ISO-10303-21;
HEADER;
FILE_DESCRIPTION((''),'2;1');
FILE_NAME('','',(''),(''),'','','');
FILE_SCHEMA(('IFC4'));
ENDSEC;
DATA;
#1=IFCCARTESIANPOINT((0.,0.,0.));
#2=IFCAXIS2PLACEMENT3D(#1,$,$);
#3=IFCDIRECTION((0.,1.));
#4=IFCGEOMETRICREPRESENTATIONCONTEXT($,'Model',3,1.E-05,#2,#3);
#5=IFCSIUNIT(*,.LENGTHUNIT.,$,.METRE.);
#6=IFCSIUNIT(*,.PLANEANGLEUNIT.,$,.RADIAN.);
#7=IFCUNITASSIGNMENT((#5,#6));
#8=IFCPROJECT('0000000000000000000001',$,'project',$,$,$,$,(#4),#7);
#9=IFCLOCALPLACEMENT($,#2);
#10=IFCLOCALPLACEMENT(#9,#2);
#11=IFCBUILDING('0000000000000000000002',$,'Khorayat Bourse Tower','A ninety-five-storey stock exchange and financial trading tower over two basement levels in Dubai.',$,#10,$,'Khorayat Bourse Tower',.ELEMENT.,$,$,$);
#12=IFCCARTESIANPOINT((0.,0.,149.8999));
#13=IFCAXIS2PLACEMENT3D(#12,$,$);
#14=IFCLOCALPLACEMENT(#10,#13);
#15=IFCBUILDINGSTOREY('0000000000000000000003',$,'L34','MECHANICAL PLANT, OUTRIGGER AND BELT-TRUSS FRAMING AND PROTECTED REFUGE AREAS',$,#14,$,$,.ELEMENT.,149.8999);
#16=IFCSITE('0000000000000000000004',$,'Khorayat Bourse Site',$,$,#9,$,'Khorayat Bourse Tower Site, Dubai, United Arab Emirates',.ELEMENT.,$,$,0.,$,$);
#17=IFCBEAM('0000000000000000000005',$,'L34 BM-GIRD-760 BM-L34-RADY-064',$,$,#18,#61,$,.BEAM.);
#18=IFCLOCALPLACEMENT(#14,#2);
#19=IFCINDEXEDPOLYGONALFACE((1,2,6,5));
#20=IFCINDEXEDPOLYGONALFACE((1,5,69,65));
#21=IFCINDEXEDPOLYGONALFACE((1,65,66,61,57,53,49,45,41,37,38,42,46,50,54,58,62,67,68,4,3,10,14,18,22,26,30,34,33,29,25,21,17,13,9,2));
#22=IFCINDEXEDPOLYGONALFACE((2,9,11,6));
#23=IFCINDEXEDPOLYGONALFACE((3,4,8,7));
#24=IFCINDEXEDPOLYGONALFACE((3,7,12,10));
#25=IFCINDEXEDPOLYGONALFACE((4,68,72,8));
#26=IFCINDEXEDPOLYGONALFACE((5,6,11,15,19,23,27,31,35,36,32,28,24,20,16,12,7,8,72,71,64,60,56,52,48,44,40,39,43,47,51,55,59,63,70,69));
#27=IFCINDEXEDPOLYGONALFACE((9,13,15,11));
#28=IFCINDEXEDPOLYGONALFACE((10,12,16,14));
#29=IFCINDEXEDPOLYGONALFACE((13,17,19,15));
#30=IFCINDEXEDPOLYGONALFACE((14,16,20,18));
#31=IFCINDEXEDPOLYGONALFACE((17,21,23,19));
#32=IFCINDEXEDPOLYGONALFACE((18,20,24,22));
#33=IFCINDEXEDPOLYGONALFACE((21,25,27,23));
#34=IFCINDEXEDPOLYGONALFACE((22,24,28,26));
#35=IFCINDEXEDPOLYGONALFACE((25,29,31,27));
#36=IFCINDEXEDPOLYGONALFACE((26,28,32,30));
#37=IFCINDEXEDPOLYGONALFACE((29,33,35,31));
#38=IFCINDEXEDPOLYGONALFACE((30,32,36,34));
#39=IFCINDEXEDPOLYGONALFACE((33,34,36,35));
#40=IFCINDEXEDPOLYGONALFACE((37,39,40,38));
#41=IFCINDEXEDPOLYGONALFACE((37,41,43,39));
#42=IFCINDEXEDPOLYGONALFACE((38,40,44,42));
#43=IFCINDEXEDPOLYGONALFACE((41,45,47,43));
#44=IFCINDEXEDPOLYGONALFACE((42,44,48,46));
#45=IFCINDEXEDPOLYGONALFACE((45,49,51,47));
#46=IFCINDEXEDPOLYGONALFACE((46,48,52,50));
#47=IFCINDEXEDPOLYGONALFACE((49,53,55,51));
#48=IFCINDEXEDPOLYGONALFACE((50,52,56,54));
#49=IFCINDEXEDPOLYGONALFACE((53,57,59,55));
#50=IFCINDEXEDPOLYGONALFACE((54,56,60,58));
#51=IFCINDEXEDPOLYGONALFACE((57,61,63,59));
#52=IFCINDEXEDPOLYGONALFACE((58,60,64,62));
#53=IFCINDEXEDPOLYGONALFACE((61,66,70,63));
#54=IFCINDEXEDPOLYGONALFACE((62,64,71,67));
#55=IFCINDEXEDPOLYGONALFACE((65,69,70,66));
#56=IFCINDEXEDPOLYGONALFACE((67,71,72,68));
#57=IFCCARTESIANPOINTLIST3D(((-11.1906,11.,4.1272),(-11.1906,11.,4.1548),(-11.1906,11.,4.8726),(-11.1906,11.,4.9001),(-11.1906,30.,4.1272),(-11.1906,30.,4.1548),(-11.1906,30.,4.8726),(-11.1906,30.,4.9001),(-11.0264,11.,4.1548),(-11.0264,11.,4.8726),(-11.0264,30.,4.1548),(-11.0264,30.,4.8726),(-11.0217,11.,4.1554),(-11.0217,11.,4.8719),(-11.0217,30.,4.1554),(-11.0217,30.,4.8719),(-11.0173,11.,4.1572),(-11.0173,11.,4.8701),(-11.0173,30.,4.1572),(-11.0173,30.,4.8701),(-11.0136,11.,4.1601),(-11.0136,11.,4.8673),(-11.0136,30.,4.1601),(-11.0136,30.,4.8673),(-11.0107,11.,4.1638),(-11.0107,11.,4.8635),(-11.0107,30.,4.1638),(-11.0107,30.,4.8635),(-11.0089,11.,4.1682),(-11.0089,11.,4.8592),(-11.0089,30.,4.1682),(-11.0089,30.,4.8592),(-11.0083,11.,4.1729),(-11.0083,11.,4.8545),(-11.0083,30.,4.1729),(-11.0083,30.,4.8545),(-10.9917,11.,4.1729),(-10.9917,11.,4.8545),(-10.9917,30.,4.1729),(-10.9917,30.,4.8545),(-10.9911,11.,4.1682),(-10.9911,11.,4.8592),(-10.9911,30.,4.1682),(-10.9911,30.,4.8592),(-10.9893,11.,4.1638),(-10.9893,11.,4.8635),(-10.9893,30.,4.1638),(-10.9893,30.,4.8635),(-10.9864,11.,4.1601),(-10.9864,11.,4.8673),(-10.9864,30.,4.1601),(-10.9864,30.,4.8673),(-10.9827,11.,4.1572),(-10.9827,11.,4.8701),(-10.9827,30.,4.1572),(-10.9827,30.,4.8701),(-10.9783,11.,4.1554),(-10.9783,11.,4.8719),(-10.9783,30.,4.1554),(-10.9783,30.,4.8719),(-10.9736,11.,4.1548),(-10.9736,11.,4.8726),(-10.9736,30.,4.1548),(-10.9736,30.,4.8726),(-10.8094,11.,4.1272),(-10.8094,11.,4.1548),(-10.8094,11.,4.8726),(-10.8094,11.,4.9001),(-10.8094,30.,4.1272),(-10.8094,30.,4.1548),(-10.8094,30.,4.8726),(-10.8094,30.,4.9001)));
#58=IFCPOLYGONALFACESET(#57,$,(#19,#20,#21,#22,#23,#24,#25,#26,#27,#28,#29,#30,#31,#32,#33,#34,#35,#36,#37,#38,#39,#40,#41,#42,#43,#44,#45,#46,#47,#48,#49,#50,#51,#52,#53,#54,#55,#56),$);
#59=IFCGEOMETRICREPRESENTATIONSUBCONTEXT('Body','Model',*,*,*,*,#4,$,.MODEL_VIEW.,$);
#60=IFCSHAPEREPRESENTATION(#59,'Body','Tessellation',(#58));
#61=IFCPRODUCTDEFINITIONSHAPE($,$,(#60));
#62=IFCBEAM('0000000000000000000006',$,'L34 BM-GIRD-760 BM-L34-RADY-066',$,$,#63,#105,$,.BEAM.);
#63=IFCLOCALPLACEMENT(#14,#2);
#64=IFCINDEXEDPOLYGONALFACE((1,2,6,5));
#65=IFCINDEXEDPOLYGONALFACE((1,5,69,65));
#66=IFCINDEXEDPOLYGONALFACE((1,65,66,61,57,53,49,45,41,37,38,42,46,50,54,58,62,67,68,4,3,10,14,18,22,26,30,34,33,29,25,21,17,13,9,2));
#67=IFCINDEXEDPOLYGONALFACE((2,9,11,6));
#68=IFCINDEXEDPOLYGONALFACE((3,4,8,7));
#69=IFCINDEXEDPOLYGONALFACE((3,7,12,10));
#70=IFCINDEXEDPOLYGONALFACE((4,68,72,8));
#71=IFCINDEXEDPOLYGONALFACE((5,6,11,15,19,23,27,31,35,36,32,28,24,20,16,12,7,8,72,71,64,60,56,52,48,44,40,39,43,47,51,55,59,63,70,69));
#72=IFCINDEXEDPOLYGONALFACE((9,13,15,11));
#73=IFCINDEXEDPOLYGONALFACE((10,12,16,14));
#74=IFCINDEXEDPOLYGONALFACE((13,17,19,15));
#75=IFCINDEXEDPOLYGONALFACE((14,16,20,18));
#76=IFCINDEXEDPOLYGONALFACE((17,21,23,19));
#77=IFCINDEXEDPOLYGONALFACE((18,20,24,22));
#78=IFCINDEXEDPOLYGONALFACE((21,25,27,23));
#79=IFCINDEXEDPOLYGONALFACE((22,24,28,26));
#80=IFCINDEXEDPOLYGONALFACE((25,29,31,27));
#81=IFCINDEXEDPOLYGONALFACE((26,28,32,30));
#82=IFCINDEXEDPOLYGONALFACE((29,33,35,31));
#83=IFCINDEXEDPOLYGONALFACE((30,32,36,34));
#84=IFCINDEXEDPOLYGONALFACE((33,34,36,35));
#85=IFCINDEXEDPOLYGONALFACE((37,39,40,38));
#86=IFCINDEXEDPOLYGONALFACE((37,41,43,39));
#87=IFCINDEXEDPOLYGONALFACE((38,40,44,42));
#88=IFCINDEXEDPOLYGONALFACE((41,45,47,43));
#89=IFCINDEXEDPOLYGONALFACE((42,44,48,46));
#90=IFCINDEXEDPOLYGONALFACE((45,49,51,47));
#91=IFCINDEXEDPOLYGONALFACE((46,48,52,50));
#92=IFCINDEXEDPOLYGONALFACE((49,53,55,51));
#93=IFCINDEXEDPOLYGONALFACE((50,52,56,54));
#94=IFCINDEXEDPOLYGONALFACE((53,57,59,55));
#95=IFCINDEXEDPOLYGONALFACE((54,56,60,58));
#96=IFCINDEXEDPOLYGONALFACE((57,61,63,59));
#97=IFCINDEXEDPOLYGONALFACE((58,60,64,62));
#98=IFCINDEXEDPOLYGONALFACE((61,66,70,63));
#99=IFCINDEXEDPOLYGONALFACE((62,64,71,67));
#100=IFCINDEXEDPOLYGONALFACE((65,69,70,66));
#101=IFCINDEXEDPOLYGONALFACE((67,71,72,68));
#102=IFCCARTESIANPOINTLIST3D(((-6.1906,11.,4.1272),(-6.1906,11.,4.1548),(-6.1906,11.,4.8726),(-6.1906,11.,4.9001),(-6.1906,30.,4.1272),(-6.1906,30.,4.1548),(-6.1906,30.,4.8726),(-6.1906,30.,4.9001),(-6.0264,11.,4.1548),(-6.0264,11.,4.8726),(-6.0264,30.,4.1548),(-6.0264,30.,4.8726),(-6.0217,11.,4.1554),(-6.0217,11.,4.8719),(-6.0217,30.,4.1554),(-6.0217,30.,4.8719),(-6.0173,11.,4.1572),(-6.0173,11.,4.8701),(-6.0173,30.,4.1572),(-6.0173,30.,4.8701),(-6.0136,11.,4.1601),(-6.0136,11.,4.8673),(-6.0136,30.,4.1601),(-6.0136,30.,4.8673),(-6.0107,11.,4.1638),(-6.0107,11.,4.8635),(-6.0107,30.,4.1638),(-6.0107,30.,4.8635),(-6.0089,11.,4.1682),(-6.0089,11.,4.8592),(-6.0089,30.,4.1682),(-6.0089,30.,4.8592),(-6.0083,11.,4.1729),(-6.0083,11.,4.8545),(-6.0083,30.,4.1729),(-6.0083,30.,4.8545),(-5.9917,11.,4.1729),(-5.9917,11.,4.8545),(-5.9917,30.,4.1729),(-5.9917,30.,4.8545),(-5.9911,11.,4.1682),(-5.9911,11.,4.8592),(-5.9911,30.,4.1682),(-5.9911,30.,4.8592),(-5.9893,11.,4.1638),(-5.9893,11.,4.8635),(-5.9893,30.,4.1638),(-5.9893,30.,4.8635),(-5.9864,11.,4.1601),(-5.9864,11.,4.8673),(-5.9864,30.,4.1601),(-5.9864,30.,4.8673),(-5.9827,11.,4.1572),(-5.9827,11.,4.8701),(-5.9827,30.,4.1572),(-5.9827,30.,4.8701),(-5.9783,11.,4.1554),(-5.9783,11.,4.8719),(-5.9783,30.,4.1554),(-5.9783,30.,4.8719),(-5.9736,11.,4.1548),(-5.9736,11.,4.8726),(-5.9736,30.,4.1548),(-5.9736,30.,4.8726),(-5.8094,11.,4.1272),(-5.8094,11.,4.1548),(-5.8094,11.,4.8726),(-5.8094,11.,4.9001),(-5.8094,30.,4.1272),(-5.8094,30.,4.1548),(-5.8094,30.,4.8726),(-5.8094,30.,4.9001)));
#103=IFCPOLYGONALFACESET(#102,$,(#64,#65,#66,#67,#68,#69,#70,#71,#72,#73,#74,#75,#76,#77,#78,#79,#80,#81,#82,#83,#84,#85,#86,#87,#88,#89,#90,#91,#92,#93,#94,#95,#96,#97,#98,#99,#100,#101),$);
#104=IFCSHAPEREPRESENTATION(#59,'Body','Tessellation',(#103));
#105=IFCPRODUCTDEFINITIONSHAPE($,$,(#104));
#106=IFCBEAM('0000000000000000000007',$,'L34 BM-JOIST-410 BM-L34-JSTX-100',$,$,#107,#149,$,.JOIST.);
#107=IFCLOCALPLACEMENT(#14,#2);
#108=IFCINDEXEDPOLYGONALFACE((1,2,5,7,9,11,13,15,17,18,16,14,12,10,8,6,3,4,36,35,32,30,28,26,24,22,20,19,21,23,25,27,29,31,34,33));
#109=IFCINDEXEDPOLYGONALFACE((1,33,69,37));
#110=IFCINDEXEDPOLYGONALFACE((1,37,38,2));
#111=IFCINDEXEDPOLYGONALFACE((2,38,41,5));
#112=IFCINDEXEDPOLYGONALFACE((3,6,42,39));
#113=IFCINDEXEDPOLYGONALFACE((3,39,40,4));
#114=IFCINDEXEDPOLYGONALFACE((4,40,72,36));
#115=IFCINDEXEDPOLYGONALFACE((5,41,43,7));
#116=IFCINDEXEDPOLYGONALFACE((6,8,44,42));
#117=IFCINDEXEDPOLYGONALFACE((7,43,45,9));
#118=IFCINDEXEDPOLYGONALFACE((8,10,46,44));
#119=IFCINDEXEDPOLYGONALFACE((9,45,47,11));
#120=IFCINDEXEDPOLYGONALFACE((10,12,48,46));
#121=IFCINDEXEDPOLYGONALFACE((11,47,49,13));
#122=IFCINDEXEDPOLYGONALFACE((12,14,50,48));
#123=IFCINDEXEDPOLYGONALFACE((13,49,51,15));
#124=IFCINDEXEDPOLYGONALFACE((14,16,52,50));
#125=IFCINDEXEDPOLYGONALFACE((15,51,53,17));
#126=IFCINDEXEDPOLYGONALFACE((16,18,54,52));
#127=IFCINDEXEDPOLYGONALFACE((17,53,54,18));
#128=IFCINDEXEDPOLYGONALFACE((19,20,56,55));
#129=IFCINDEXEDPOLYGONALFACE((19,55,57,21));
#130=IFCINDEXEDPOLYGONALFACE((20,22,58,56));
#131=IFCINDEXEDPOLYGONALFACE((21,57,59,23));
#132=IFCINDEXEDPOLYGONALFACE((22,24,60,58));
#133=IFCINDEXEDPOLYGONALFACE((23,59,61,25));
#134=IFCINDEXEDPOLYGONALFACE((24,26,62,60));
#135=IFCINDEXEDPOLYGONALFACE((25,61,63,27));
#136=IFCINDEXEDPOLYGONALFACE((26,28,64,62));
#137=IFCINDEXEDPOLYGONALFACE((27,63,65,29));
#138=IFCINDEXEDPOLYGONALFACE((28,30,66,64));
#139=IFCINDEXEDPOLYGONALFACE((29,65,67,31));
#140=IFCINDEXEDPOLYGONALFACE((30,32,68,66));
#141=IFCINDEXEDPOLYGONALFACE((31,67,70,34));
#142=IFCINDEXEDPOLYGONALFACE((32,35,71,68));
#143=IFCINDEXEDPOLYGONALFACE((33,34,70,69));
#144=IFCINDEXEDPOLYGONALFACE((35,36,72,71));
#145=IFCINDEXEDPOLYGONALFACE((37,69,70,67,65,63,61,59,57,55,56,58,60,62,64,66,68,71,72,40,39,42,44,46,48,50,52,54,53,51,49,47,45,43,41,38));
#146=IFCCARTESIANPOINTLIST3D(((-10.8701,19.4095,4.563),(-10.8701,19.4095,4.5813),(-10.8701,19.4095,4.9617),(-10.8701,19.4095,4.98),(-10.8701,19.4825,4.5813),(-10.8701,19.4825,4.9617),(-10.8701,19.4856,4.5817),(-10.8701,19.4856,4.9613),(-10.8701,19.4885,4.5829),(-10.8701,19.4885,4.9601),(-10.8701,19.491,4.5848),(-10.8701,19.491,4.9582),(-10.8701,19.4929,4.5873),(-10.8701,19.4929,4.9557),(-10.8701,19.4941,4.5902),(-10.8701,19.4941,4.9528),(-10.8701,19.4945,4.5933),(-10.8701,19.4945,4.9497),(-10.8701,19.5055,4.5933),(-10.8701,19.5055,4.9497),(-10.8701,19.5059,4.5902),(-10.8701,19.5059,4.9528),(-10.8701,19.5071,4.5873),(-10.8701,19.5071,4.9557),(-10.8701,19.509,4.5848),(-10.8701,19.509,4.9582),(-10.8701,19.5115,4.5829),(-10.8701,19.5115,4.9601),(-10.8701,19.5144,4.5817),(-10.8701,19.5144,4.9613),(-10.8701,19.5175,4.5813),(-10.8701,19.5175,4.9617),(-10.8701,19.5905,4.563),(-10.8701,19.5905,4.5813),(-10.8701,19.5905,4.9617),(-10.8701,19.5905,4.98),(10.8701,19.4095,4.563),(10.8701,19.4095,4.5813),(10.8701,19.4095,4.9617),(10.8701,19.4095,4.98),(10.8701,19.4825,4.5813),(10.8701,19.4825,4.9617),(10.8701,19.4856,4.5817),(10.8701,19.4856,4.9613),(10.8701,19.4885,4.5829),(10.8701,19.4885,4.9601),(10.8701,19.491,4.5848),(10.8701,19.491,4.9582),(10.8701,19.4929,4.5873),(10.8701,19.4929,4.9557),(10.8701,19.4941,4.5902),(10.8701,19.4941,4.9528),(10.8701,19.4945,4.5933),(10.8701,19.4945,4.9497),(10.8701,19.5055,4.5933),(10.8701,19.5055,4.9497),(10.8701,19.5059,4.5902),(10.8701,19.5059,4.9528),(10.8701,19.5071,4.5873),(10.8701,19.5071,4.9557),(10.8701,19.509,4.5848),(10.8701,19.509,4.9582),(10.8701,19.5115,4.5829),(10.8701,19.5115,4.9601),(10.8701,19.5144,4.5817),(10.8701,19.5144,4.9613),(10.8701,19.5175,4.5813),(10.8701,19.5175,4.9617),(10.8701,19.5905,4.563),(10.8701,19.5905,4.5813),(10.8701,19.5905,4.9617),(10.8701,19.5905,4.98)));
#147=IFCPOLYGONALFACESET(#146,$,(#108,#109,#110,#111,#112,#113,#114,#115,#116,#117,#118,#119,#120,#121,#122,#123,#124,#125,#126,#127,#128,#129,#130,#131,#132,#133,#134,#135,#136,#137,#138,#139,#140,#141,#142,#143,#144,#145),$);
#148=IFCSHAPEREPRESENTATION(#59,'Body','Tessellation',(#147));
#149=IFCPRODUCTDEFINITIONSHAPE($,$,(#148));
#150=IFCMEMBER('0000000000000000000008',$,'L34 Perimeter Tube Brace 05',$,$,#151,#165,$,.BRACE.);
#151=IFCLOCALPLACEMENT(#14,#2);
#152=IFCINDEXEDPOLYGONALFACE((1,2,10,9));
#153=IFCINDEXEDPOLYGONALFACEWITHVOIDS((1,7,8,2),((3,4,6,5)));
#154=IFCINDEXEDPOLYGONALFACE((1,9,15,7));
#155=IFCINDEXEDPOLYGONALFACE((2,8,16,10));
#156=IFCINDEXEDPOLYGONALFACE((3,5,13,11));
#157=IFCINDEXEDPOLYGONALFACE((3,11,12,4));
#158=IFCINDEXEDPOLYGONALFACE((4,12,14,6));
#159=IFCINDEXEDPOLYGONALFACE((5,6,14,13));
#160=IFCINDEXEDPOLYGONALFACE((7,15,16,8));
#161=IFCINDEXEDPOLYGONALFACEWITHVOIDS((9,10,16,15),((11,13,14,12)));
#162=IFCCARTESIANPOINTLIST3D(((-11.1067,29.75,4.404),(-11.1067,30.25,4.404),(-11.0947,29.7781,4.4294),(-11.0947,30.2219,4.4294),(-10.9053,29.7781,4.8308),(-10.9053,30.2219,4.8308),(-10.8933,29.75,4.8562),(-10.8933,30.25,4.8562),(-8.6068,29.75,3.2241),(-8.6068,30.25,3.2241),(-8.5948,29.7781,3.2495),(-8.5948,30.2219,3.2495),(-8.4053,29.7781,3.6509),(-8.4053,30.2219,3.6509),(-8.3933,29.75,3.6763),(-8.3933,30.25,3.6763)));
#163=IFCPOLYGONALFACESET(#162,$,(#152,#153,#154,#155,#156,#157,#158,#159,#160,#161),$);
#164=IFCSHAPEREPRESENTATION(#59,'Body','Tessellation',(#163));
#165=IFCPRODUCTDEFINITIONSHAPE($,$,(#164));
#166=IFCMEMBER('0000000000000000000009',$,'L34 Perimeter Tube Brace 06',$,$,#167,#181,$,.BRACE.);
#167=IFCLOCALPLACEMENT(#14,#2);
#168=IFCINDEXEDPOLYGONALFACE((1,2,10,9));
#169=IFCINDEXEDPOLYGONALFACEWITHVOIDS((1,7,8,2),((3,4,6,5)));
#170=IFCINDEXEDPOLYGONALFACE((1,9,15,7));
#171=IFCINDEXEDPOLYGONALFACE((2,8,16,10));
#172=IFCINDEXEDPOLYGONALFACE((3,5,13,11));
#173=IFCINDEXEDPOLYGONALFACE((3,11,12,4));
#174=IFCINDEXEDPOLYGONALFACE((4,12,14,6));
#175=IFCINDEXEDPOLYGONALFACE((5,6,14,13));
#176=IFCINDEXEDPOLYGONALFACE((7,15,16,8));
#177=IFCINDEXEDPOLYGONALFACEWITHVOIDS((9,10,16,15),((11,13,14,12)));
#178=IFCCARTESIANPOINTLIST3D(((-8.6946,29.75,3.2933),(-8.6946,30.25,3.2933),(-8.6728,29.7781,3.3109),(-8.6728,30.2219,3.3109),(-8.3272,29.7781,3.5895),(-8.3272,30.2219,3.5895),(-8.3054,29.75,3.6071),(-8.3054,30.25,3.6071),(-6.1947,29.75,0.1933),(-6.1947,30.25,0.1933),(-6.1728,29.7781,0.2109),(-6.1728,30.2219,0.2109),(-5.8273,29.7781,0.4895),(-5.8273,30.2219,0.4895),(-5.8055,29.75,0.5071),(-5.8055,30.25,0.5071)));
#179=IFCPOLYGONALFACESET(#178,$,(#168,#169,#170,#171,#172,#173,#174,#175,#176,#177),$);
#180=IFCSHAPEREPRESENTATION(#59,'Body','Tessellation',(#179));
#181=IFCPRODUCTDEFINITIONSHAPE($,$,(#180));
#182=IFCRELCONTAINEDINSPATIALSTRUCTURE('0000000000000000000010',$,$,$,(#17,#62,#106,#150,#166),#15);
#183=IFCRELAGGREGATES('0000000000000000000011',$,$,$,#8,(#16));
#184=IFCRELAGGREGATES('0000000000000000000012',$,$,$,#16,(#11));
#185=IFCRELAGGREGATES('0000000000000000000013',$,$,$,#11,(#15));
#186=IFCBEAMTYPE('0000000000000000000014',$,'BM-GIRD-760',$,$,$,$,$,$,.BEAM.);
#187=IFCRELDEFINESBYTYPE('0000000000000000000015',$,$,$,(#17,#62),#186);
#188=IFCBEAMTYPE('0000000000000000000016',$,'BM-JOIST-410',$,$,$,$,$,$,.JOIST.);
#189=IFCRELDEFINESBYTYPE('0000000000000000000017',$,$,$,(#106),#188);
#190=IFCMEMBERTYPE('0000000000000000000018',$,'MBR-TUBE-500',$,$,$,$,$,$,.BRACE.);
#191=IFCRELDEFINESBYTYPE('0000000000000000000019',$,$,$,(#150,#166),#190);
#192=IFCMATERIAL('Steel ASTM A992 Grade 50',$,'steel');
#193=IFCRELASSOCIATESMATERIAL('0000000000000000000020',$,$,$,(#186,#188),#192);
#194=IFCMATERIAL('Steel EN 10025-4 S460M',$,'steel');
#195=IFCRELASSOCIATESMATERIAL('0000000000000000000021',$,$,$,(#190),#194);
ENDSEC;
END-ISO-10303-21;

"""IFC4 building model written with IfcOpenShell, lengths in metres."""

from ifc_helpers import new_model, si_unit, direction, frame, origin, origin_2d, place, context, subcontext, project, spatial, hollow_rectangle, i_section, extrude, source, transform, mapped, material, material_profile, profile_set, type_object, element, save


model = new_model("IFC4")

# Units and contexts
model_context = context("Model", 3, precision=1e-05, world=origin(), true_north=direction((0.0, 1.0)))
body_context = subcontext(model_context, "Body", "Model", "MODEL_VIEW")
ifc_project = project(units=[si_unit("LENGTHUNIT", "METRE"), si_unit("PLANEANGLEUNIT", "RADIAN")], contexts=[model_context])

# Site, building, storey
site_placement = place(None, origin())
site = spatial("IfcSite", under=ifc_project, at=site_placement, Name="Khorayat Bourse Site", LongName="Khorayat Bourse Tower Site, Dubai, United Arab Emirates", CompositionType="ELEMENT", RefElevation=0.0)
building_placement = place(site_placement, origin())
building = spatial("IfcBuilding", under=site, at=building_placement, Name="Khorayat Bourse Tower", Description="A ninety-five-storey stock exchange and financial trading tower over two basement levels in Dubai.", LongName="Khorayat Bourse Tower", CompositionType="ELEMENT")
storey_placement = place(building_placement, frame((0.0, 0.0, 149.8999)))
storey = spatial("IfcBuildingStorey", under=building, at=storey_placement, Name="L34", Description="MECHANICAL PLANT, OUTRIGGER AND BELT-TRUSS FRAMING AND PROTECTED REFUGE AREAS", CompositionType="ELEMENT", Elevation=149.8999)

# Shared definitions
ifc_material_1 = material(Name="Steel EN 10025-4 S460M", Category="steel")

# Beams
ifc_material_2 = material(Name="Steel ASTM A992 Grade 50", Category="steel")
ifc_material_profile_1 = material_profile(ifc_material_2, i_section(OverallWidth=0.3811, OverallDepth=0.7729, WebThickness=0.0166, FlangeThickness=0.0276, FilletRadius=0.0181, at=origin_2d()), Name="W760X257")
ifc_profile_set_1 = profile_set([ifc_material_profile_1], Name="Steel ASTM A992 Grade 50")
beam_type_1 = type_object("IfcBeamType", Name="BM-GIRD-760", PredefinedType="BEAM", material=ifc_profile_set_1)
shared_shape_1 = source(origin(), body_context, "Body", "SweptSolid", [
    extrude(i_section(OverallWidth=0.3811, OverallDepth=0.7729, WebThickness=0.0166, FlangeThickness=0.0276, FilletRadius=0.0181, at=origin_2d()), origin(), (0.0, 0.0, 1.0), 19.0),
])
for number, where, z_axis, x_axis, name in (
    (1, (-11.0, 11.0, 4.5137), (0.0, 1.0, 0.0), (-1.0, 0.0, 0.0), "L34 BM-GIRD-760 BM-L34-RADY-064"),
    (2, (-6.0, 11.0, 4.5137), (0.0, 1.0, 0.0), (-1.0, 0.0, 0.0), "L34 BM-GIRD-760 BM-L34-RADY-066"),
):
    element("IfcBeam", number, at=place(storey_placement, frame(where, z_axis=z_axis, x_axis=x_axis)), inside=storey, type_object=beam_type_1, Name=name, PredefinedType="BEAM", context=body_context, shape_type="MappedRepresentation", body=[
        mapped(shared_shape_1, transform((0.0, 0.0, 0.0), scale=1.0)),
    ])
ifc_material_profile_2 = material_profile(ifc_material_2, i_section(OverallWidth=0.1809, OverallDepth=0.417, WebThickness=0.011, FlangeThickness=0.0183, FilletRadius=0.012, at=origin_2d()), Name="W410X85")
ifc_profile_set_2 = profile_set([ifc_material_profile_2], Name="Steel ASTM A992 Grade 50")
beam_type_2 = type_object("IfcBeamType", Name="BM-JOIST-410", PredefinedType="JOIST", material=ifc_profile_set_2)
shared_shape_2 = source(origin(), body_context, "Body", "SweptSolid", [
    extrude(i_section(OverallWidth=0.1809, OverallDepth=0.417, WebThickness=0.011, FlangeThickness=0.0183, FilletRadius=0.012, at=origin_2d()), origin(), (0.0, 0.0, 1.0), 21.7402),
])
beam_1_placement = place(storey_placement, frame((-10.8701, 19.5, 4.7715), z_axis=(1.0, 0.0, 0.0), x_axis=(0.0, 1.0, 0.0)))
element("IfcBeam", 3, at=beam_1_placement, inside=storey, type_object=beam_type_2, Name="L34 BM-JOIST-410 BM-L34-JSTX-100", PredefinedType="JOIST", context=body_context, shape_type="MappedRepresentation", body=[
    mapped(shared_shape_2, transform((0.0, 0.0, 0.0), scale=1.0)),
])

# Members
ifc_material_profile_3 = material_profile(ifc_material_1, hollow_rectangle(XDim=0.5, YDim=0.5, WallThickness=0.0281, at=origin_2d()), Name="HSS 500x500x28")
ifc_profile_set_3 = profile_set([ifc_material_profile_3], Name="Steel EN 10025-4 S460M")
member_type_1 = type_object("IfcMemberType", Name="MBR-TUBE-500", PredefinedType="BRACE", material=ifc_profile_set_3)
shared_shape_3 = source(origin(), body_context, "Body", "SweptSolid", [
    extrude(hollow_rectangle(XDim=0.5, YDim=0.5, WallThickness=0.0281, at=origin_2d()), origin(), (0.0, 0.0, 1.0), 2.7644),
])
member_1_placement = place(storey_placement, frame((-11.0, 30.0, 4.6301), z_axis=(0.904336, 0.0, -0.426822), x_axis=(0.0, 1.0, 0.0)))
element("IfcMember", 4, at=member_1_placement, inside=storey, type_object=member_type_1, Name="L34 Perimeter Tube Brace 05", PredefinedType="BRACE", context=body_context, shape_type="MappedRepresentation", body=[
    mapped(shared_shape_3, transform((0.0, 0.0, 0.0), scale=1.0)),
])
shared_shape_4 = source(origin(), body_context, "Body", "SweptSolid", [
    extrude(hollow_rectangle(XDim=0.5, YDim=0.5, WallThickness=0.0281, at=origin_2d()), origin(), (0.0, 0.0, 1.0), 3.9824),
])
member_2_placement = place(storey_placement, frame((-8.5, 30.0, 3.4502), z_axis=(0.62774, 0.0, -0.778423), x_axis=(0.0, 1.0, 0.0)))
element("IfcMember", 5, at=member_2_placement, inside=storey, type_object=member_type_1, Name="L34 Perimeter Tube Brace 06", PredefinedType="BRACE", context=body_context, shape_type="MappedRepresentation", body=[
    mapped(shared_shape_4, transform((0.0, 0.0, 0.0), scale=1.0)),
])

save(model, "model.ifc")
